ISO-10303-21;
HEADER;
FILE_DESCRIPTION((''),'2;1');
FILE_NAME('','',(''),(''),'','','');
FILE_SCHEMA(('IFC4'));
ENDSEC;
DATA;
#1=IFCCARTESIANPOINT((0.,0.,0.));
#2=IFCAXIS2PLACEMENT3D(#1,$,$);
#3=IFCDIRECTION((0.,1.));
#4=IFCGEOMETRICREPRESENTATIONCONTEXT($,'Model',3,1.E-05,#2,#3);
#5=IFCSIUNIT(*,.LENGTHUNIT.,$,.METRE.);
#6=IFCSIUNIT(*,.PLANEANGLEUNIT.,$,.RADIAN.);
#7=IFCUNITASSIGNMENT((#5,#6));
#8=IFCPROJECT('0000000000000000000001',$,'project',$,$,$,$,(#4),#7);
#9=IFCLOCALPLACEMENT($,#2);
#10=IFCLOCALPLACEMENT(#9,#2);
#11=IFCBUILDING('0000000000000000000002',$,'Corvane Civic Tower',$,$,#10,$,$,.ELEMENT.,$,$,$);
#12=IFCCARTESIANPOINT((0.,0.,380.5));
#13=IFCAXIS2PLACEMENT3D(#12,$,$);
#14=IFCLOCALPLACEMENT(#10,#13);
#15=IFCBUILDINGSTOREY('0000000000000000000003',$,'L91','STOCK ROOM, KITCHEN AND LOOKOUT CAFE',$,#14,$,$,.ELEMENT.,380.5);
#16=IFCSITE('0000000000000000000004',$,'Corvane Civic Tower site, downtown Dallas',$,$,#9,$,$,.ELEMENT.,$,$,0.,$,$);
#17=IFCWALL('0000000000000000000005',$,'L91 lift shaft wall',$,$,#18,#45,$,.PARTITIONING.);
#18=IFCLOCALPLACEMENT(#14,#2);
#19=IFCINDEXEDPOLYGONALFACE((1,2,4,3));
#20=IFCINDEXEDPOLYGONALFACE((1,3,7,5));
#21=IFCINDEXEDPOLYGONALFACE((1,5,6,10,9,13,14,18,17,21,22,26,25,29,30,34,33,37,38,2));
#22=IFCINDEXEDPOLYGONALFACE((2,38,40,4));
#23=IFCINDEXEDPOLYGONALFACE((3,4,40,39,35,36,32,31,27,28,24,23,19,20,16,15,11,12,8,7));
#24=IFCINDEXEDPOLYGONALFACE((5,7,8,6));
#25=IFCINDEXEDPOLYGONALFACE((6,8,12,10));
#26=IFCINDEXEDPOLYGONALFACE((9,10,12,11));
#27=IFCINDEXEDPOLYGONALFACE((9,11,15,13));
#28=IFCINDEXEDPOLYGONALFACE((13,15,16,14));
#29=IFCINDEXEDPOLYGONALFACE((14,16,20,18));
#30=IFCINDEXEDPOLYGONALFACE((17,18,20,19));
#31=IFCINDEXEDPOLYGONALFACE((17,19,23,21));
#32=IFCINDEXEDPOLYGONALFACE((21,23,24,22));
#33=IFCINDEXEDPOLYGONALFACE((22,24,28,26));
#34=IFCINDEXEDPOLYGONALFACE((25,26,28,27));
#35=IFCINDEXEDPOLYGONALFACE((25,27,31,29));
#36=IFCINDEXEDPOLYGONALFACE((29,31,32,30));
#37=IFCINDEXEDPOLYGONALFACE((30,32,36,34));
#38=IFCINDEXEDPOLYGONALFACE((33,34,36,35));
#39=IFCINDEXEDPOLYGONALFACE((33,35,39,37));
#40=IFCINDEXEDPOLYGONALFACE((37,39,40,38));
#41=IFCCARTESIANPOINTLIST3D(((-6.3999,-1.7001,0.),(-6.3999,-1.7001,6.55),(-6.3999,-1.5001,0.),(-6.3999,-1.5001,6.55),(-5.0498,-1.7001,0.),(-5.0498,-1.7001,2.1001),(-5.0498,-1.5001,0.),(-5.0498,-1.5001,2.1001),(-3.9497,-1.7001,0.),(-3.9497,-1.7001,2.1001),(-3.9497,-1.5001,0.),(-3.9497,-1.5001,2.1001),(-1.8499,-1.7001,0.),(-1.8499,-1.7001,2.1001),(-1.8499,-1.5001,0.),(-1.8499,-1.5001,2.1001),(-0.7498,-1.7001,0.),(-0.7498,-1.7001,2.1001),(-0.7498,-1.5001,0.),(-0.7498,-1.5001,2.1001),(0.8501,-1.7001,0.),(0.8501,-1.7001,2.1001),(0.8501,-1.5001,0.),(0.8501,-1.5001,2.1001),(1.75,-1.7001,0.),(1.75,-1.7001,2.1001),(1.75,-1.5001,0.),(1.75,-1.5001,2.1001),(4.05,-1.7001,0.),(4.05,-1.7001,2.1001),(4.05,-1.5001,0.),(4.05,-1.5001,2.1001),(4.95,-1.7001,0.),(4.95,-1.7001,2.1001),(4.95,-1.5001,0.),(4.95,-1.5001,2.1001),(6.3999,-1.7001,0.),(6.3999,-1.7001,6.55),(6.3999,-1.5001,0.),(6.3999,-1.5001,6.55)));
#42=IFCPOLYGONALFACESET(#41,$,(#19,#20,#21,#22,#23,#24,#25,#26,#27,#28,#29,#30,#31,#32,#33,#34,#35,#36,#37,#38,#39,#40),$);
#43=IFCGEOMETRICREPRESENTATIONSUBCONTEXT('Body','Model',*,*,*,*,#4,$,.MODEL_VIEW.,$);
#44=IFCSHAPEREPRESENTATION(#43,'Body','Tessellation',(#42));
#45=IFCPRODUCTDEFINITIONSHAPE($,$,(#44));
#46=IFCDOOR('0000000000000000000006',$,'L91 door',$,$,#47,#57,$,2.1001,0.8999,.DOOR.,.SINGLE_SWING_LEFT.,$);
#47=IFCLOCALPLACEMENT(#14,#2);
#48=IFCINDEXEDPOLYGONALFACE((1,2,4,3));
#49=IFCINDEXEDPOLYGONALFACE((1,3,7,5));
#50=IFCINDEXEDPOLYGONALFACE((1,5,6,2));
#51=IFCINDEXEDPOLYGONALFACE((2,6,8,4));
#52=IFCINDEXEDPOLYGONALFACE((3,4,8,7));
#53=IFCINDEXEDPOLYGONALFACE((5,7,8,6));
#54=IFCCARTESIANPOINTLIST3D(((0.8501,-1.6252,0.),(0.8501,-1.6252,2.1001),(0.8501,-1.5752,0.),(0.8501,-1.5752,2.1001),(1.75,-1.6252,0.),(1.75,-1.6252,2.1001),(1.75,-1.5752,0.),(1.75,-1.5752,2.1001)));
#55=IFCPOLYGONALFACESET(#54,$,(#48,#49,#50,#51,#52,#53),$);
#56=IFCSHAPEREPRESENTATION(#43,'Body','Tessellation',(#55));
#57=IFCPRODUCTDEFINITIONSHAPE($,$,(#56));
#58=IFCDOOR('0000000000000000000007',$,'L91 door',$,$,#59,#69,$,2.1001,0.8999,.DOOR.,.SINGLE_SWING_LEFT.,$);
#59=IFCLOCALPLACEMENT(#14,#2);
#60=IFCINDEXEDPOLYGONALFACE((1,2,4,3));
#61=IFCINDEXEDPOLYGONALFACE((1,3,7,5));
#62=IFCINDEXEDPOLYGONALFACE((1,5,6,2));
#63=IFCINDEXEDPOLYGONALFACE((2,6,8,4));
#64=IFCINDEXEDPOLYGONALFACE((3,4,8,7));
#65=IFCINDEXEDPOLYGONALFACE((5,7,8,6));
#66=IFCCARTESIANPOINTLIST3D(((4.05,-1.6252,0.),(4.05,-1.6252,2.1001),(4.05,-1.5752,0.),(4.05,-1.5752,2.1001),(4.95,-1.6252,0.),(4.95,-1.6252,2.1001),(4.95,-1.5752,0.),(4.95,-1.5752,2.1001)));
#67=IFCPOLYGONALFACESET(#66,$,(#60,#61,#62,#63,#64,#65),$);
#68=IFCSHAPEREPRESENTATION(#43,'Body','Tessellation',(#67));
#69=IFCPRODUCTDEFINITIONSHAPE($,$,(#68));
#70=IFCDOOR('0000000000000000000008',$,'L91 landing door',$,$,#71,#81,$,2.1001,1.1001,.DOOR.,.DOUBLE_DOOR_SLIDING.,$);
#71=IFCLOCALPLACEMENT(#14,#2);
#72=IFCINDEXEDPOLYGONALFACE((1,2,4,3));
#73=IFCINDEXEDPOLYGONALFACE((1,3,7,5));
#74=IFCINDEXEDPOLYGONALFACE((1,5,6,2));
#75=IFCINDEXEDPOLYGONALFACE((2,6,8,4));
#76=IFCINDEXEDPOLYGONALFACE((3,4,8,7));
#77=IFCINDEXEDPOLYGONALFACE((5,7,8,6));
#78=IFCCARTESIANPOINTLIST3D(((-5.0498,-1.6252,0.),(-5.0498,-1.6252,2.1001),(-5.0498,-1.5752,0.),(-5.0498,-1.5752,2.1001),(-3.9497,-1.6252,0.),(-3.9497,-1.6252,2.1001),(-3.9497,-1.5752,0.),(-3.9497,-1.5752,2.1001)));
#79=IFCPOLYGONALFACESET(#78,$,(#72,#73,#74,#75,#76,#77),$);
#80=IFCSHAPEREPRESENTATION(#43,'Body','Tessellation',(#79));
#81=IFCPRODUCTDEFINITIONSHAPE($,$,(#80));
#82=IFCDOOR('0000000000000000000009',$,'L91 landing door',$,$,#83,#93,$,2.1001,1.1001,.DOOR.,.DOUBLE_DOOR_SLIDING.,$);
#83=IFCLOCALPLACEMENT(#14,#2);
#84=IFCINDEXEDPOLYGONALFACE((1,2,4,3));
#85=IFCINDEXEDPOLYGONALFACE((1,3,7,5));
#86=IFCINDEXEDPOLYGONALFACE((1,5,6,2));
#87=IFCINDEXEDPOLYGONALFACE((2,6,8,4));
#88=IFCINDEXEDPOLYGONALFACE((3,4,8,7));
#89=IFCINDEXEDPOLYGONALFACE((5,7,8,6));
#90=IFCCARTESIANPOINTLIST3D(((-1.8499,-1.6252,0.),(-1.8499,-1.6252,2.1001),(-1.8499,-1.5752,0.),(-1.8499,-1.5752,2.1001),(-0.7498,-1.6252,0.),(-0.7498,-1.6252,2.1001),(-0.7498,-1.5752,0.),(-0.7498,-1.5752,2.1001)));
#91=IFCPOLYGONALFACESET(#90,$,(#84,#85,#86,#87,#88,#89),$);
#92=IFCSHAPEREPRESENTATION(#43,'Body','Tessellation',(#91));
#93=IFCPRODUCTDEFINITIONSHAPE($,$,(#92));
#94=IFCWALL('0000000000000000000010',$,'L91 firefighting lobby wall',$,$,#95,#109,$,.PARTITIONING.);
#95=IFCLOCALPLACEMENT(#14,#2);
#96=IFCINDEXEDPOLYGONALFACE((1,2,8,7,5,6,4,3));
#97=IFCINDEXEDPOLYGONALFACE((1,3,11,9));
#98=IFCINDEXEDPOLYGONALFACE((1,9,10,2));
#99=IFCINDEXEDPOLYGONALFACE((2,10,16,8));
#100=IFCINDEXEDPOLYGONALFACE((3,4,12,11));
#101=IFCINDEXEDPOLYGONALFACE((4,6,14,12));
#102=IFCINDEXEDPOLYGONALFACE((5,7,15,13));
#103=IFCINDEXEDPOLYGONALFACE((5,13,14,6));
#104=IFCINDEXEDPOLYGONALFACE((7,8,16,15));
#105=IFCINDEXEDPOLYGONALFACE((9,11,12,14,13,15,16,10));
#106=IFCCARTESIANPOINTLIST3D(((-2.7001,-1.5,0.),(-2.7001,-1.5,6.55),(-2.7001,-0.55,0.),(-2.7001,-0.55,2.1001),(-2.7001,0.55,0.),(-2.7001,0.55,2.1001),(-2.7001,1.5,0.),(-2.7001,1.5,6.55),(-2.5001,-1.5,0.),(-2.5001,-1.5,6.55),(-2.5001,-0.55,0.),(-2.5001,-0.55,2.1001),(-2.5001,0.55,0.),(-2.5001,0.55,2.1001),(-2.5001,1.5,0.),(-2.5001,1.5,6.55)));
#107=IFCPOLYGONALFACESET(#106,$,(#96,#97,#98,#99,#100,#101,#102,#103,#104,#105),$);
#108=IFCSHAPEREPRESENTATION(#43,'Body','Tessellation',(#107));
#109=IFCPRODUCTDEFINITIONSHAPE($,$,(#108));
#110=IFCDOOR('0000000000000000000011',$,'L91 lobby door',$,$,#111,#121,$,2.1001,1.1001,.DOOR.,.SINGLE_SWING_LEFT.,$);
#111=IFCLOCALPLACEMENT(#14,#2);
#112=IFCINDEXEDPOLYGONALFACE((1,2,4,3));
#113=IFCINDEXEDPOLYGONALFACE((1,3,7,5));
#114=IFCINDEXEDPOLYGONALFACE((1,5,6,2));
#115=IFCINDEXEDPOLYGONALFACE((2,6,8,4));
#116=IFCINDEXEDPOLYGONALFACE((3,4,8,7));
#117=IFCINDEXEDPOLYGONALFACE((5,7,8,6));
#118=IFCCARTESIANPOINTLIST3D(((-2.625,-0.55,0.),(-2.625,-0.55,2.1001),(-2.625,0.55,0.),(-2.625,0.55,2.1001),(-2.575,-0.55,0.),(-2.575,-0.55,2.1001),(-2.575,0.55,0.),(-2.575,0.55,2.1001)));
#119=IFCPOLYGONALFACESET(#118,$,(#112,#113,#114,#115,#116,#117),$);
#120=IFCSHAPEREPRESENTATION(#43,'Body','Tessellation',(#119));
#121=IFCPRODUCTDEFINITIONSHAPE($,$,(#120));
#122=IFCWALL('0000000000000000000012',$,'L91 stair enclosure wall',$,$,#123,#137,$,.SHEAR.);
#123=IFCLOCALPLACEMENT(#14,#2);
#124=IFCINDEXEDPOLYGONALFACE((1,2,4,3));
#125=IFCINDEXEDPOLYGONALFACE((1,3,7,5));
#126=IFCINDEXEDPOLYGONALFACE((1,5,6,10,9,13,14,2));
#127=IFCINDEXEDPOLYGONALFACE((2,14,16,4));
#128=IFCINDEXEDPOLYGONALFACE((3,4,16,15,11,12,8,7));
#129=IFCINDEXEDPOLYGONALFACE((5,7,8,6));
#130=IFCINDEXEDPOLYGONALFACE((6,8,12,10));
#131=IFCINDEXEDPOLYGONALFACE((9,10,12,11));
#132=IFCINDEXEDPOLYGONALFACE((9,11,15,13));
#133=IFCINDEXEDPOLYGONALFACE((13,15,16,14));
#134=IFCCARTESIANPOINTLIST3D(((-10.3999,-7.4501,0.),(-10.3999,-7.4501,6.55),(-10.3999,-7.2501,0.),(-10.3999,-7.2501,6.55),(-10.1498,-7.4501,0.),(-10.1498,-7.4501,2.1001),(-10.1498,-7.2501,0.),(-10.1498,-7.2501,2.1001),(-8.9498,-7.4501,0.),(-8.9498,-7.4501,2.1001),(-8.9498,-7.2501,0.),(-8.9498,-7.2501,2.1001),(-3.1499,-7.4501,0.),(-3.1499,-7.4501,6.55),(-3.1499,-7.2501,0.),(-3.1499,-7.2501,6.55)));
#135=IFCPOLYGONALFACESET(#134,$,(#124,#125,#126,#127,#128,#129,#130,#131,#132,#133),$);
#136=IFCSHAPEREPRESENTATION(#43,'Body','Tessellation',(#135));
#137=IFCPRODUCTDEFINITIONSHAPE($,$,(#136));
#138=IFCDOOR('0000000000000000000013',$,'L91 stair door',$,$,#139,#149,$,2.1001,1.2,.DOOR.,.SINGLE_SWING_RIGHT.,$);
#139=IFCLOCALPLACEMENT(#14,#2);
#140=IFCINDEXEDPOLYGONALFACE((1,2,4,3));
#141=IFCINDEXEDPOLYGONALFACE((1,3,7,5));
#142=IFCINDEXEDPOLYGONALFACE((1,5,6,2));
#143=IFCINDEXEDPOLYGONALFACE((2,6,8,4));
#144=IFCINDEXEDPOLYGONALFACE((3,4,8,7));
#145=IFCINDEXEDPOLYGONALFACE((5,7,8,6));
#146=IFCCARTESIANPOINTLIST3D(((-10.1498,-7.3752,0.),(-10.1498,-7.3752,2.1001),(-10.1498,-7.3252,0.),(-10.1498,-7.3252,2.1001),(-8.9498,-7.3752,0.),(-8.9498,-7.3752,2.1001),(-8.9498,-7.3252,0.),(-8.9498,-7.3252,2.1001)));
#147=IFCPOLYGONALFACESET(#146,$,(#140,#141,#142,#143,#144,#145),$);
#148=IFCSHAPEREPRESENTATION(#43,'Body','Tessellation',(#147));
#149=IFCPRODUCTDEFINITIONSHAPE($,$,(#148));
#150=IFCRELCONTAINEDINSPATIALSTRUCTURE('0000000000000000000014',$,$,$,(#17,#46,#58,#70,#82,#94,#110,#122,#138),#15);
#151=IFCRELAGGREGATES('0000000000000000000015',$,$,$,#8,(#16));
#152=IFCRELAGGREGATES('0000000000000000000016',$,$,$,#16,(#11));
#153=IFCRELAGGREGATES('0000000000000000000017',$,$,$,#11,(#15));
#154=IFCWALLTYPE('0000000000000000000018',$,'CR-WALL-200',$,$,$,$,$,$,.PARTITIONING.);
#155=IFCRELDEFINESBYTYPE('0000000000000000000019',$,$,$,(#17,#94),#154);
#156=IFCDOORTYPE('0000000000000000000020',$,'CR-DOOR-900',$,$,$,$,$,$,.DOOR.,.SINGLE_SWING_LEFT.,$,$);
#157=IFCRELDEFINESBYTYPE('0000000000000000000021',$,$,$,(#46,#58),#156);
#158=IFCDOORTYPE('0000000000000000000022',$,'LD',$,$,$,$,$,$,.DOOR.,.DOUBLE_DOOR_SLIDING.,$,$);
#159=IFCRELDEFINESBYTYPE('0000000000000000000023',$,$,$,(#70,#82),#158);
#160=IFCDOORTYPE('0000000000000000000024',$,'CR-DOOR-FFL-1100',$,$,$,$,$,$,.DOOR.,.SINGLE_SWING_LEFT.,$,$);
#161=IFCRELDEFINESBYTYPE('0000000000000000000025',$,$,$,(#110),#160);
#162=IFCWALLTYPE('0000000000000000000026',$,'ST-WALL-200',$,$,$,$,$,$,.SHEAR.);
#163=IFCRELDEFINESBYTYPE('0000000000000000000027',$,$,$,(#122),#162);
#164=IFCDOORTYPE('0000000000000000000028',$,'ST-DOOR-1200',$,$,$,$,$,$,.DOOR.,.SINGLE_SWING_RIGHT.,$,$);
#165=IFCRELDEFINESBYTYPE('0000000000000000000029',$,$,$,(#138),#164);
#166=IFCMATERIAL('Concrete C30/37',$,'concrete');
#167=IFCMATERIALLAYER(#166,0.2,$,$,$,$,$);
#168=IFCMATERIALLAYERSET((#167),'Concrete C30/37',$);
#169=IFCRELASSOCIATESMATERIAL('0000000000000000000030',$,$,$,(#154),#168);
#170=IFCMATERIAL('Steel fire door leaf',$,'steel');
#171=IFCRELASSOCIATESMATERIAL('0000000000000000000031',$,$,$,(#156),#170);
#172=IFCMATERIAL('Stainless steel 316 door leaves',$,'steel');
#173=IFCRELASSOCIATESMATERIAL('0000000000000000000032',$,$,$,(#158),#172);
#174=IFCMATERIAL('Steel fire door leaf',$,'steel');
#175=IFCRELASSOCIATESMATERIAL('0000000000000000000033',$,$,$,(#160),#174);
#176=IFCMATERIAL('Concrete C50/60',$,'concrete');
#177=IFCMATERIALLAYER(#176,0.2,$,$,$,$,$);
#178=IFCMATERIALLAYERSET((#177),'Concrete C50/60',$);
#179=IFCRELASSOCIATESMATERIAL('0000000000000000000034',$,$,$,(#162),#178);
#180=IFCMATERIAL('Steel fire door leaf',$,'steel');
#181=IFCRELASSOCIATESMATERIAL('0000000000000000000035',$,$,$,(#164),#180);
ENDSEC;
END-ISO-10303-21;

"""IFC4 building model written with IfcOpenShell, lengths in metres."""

from ifc_helpers import new_model, si_unit, direction, frame, frame_2d, origin, place, context, subcontext, project, spatial, rectangle, extrude, material, layer, layer_set, type_object, element, fill, save


model = new_model("IFC4")

# Units and contexts
model_context = context("Model", 3, precision=1e-05, world=origin(), true_north=direction((0.0, 1.0)))
body_context = subcontext(model_context, "Body", "Model", "MODEL_VIEW")
ifc_project = project(units=[si_unit("LENGTHUNIT", "METRE"), si_unit("PLANEANGLEUNIT", "RADIAN")], contexts=[model_context])

# Site, building, storey
site_placement = place(None, origin())
site = spatial("IfcSite", under=ifc_project, at=site_placement, Name="Corvane Civic Tower site, downtown Dallas", CompositionType="ELEMENT", RefElevation=0.0)
building_placement = place(site_placement, origin())
building = spatial("IfcBuilding", under=site, at=building_placement, Name="Corvane Civic Tower", CompositionType="ELEMENT")
storey_placement = place(building_placement, frame((0.0, 0.0, 380.5)))
storey = spatial("IfcBuildingStorey", under=building, at=storey_placement, Name="L91", Description="STOCK ROOM, KITCHEN AND LOOKOUT CAFE", CompositionType="ELEMENT", Elevation=380.5)

# Wall, openings, doors
ifc_material_1 = material(Name="Concrete C30/37", Category="concrete")
ifc_layer_1 = layer(ifc_material_1, 0.2)
ifc_layer_set_1 = layer_set([ifc_layer_1], Name="Concrete C30/37")
wall_type_1 = type_object("IfcWallType", Name="CR-WALL-200", PredefinedType="PARTITIONING", material=ifc_layer_set_1)
wall_1_placement = place(storey_placement, frame((-6.3999, -1.6001, 0.0), z_axis=(0.0, 0.0, 1.0), x_axis=(1.0, 0.0, 0.0)))
wall_1 = element("IfcWall", 1, at=wall_1_placement, inside=storey, type_object=wall_type_1, Name="L91 lift shaft wall", PredefinedType="PARTITIONING", context=body_context, shape_type="SweptSolid", body=[
    extrude(rectangle(XDim=12.7998, YDim=0.2, at=frame_2d((6.3999, 0.0))), origin(), (0.0, 0.0, 1.0), 6.55),
])
opening_1_placement = place(wall_1_placement, frame((1.3501, 0.0, 0.0)))
opening_1 = element("IfcOpeningElement", 2, at=opening_1_placement, cuts=wall_1, PredefinedType="OPENING", context=body_context, shape_type="SweptSolid", body=[
    extrude(rectangle(XDim=1.1001, YDim=2.1001, at=frame_2d((0.55, 1.05))), frame((0.0, 0.1099, 0.0), z_axis=(0.0, -1.0, 0.0), x_axis=(1.0, 0.0, 0.0)), (0.0, 0.0, 1.0), 0.22),
])
opening_2_placement = place(wall_1_placement, frame((4.55, 0.0, 0.0)))
opening_2 = element("IfcOpeningElement", 3, at=opening_2_placement, cuts=wall_1, PredefinedType="OPENING", context=body_context, shape_type="SweptSolid", body=[
    extrude(rectangle(XDim=1.1001, YDim=2.1001, at=frame_2d((0.55, 1.05))), frame((0.0, 0.1099, 0.0), z_axis=(0.0, -1.0, 0.0), x_axis=(1.0, 0.0, 0.0)), (0.0, 0.0, 1.0), 0.22),
])
opening_3_placement = place(wall_1_placement, frame((7.25, 0.0, 0.0)))
opening_3 = element("IfcOpeningElement", 4, at=opening_3_placement, cuts=wall_1, PredefinedType="OPENING", context=body_context, shape_type="SweptSolid", body=[
    extrude(rectangle(XDim=0.8999, YDim=2.1001, at=frame_2d((0.45, 1.05))), frame((0.0, 0.1099, 0.0), z_axis=(0.0, -1.0, 0.0), x_axis=(1.0, 0.0, 0.0)), (0.0, 0.0, 1.0), 0.22),
])
opening_4_placement = place(wall_1_placement, frame((10.45, 0.0, 0.0)))
opening_4 = element("IfcOpeningElement", 5, at=opening_4_placement, cuts=wall_1, PredefinedType="OPENING", context=body_context, shape_type="SweptSolid", body=[
    extrude(rectangle(XDim=0.8999, YDim=2.1001, at=frame_2d((0.45, 1.05))), frame((0.0, 0.1099, 0.0), z_axis=(0.0, -1.0, 0.0), x_axis=(1.0, 0.0, 0.0)), (0.0, 0.0, 1.0), 0.22),
])
ifc_material_2 = material(Name="Steel fire door leaf", Category="steel")
door_type_1 = type_object("IfcDoorType", Name="CR-DOOR-900", OperationType="SINGLE_SWING_LEFT", PredefinedType="DOOR", material=ifc_material_2)
door_1_placement = place(opening_3_placement, origin())
door_1 = element("IfcDoor", 6, at=door_1_placement, inside=storey, type_object=door_type_1, Name="L91 door", OperationType="SINGLE_SWING_LEFT", OverallHeight=2.1001, OverallWidth=0.8999, PredefinedType="DOOR", context=body_context, shape_type="SweptSolid", body=[
    extrude(rectangle(XDim=0.8999, YDim=2.1001, at=frame_2d((0.45, 1.05))), frame((0.0, 0.0249, 0.0), z_axis=(0.0, -1.0, 0.0), x_axis=(1.0, 0.0, 0.0)), (0.0, 0.0, 1.0), 0.05),
])
fill(opening_3, door_1)
door_2_placement = place(opening_4_placement, origin())
door_2 = element("IfcDoor", 7, at=door_2_placement, inside=storey, type_object=door_type_1, Name="L91 door", OperationType="SINGLE_SWING_LEFT", OverallHeight=2.1001, OverallWidth=0.8999, PredefinedType="DOOR", context=body_context, shape_type="SweptSolid", body=[
    extrude(rectangle(XDim=0.8999, YDim=2.1001, at=frame_2d((0.45, 1.05))), frame((0.0, 0.0249, 0.0), z_axis=(0.0, -1.0, 0.0), x_axis=(1.0, 0.0, 0.0)), (0.0, 0.0, 1.0), 0.05),
])
fill(opening_4, door_2)
ifc_material_3 = material(Name="Stainless steel 316 door leaves", Category="steel")
door_type_2 = type_object("IfcDoorType", Name="LD", OperationType="DOUBLE_DOOR_SLIDING", PredefinedType="DOOR", material=ifc_material_3)
door_3_placement = place(opening_1_placement, origin())
door_3 = element("IfcDoor", 8, at=door_3_placement, inside=storey, type_object=door_type_2, Name="L91 landing door", OperationType="DOUBLE_DOOR_SLIDING", OverallHeight=2.1001, OverallWidth=1.1001, PredefinedType="DOOR", context=body_context, shape_type="SweptSolid", body=[
    extrude(rectangle(XDim=1.1001, YDim=2.1001, at=frame_2d((0.55, 1.05))), frame((0.0, 0.0249, 0.0), z_axis=(0.0, -1.0, 0.0), x_axis=(1.0, 0.0, 0.0)), (0.0, 0.0, 1.0), 0.05),
])
fill(opening_1, door_3)
door_4_placement = place(opening_2_placement, origin())
door_4 = element("IfcDoor", 9, at=door_4_placement, inside=storey, type_object=door_type_2, Name="L91 landing door", OperationType="DOUBLE_DOOR_SLIDING", OverallHeight=2.1001, OverallWidth=1.1001, PredefinedType="DOOR", context=body_context, shape_type="SweptSolid", body=[
    extrude(rectangle(XDim=1.1001, YDim=2.1001, at=frame_2d((0.55, 1.05))), frame((0.0, 0.0249, 0.0), z_axis=(0.0, -1.0, 0.0), x_axis=(1.0, 0.0, 0.0)), (0.0, 0.0, 1.0), 0.05),
])
fill(opening_2, door_4)

# Walls, openings, doors
wall_2_placement = place(storey_placement, frame((-2.6001, -1.5, 0.0), z_axis=(0.0, 0.0, 1.0), x_axis=(0.0, 1.0, 0.0)))
wall_2 = element("IfcWall", 10, at=wall_2_placement, inside=storey, type_object=wall_type_1, Name="L91 firefighting lobby wall", PredefinedType="PARTITIONING", context=body_context, shape_type="SweptSolid", body=[
    extrude(rectangle(XDim=3.0, YDim=0.2, at=frame_2d((1.5, 0.0))), origin(), (0.0, 0.0, 1.0), 6.55),
])
opening_5_placement = place(wall_2_placement, frame((0.95, 0.0, 0.0)))
opening_5 = element("IfcOpeningElement", 11, at=opening_5_placement, cuts=wall_2, PredefinedType="OPENING", context=body_context, shape_type="SweptSolid", body=[
    extrude(rectangle(XDim=1.1001, YDim=2.1001, at=frame_2d((0.55, 1.05))), frame((0.0, 0.1099, 0.0), z_axis=(0.0, -1.0, 0.0), x_axis=(1.0, 0.0, 0.0)), (0.0, 0.0, 1.0), 0.22),
])
ifc_material_4 = material(Name="Steel fire door leaf", Category="steel")
door_type_3 = type_object("IfcDoorType", Name="CR-DOOR-FFL-1100", OperationType="SINGLE_SWING_LEFT", PredefinedType="DOOR", material=ifc_material_4)
door_5_placement = place(opening_5_placement, origin())
door_5 = element("IfcDoor", 12, at=door_5_placement, inside=storey, type_object=door_type_3, Name="L91 lobby door", OperationType="SINGLE_SWING_LEFT", OverallHeight=2.1001, OverallWidth=1.1001, PredefinedType="DOOR", context=body_context, shape_type="SweptSolid", body=[
    extrude(rectangle(XDim=1.1001, YDim=2.1001, at=frame_2d((0.55, 1.05))), frame((0.0, 0.0249, 0.0), z_axis=(0.0, -1.0, 0.0), x_axis=(1.0, 0.0, 0.0)), (0.0, 0.0, 1.0), 0.05),
])
fill(opening_5, door_5)
ifc_material_5 = material(Name="Concrete C50/60", Category="concrete")
ifc_layer_2 = layer(ifc_material_5, 0.2)
ifc_layer_set_2 = layer_set([ifc_layer_2], Name="Concrete C50/60")
wall_type_2 = type_object("IfcWallType", Name="ST-WALL-200", PredefinedType="SHEAR", material=ifc_layer_set_2)
wall_3_placement = place(storey_placement, frame((-10.3999, -7.3501, 0.0), z_axis=(0.0, 0.0, 1.0), x_axis=(1.0, 0.0, 0.0)))
wall_3 = element("IfcWall", 13, at=wall_3_placement, inside=storey, type_object=wall_type_2, Name="L91 stair enclosure wall", PredefinedType="SHEAR", context=body_context, shape_type="SweptSolid", body=[
    extrude(rectangle(XDim=7.25, YDim=0.2, at=frame_2d((3.625, 0.0))), origin(), (0.0, 0.0, 1.0), 6.55),
])
opening_6_placement = place(wall_3_placement, frame((0.25, 0.0, 0.0)))
opening_6 = element("IfcOpeningElement", 14, at=opening_6_placement, cuts=wall_3, PredefinedType="OPENING", context=body_context, shape_type="SweptSolid", body=[
    extrude(rectangle(XDim=1.2, YDim=2.1001, at=frame_2d((0.6001, 1.05))), frame((0.0, 0.1099, 0.0), z_axis=(0.0, -1.0, 0.0), x_axis=(1.0, 0.0, 0.0)), (0.0, 0.0, 1.0), 0.22),
])
ifc_material_6 = material(Name="Steel fire door leaf", Category="steel")
door_type_4 = type_object("IfcDoorType", Name="ST-DOOR-1200", OperationType="SINGLE_SWING_RIGHT", PredefinedType="DOOR", material=ifc_material_6)
door_6_placement = place(opening_6_placement, origin())
door_6 = element("IfcDoor", 15, at=door_6_placement, inside=storey, type_object=door_type_4, Name="L91 stair door", OperationType="SINGLE_SWING_RIGHT", OverallHeight=2.1001, OverallWidth=1.2, PredefinedType="DOOR", context=body_context, shape_type="SweptSolid", body=[
    extrude(rectangle(XDim=1.2, YDim=2.1001, at=frame_2d((0.6001, 1.05))), frame((0.0, 0.0249, 0.0), z_axis=(0.0, -1.0, 0.0), x_axis=(1.0, 0.0, 0.0)), (0.0, 0.0, 1.0), 0.05),
])
fill(opening_6, door_6)

save(model, "model.ifc")
